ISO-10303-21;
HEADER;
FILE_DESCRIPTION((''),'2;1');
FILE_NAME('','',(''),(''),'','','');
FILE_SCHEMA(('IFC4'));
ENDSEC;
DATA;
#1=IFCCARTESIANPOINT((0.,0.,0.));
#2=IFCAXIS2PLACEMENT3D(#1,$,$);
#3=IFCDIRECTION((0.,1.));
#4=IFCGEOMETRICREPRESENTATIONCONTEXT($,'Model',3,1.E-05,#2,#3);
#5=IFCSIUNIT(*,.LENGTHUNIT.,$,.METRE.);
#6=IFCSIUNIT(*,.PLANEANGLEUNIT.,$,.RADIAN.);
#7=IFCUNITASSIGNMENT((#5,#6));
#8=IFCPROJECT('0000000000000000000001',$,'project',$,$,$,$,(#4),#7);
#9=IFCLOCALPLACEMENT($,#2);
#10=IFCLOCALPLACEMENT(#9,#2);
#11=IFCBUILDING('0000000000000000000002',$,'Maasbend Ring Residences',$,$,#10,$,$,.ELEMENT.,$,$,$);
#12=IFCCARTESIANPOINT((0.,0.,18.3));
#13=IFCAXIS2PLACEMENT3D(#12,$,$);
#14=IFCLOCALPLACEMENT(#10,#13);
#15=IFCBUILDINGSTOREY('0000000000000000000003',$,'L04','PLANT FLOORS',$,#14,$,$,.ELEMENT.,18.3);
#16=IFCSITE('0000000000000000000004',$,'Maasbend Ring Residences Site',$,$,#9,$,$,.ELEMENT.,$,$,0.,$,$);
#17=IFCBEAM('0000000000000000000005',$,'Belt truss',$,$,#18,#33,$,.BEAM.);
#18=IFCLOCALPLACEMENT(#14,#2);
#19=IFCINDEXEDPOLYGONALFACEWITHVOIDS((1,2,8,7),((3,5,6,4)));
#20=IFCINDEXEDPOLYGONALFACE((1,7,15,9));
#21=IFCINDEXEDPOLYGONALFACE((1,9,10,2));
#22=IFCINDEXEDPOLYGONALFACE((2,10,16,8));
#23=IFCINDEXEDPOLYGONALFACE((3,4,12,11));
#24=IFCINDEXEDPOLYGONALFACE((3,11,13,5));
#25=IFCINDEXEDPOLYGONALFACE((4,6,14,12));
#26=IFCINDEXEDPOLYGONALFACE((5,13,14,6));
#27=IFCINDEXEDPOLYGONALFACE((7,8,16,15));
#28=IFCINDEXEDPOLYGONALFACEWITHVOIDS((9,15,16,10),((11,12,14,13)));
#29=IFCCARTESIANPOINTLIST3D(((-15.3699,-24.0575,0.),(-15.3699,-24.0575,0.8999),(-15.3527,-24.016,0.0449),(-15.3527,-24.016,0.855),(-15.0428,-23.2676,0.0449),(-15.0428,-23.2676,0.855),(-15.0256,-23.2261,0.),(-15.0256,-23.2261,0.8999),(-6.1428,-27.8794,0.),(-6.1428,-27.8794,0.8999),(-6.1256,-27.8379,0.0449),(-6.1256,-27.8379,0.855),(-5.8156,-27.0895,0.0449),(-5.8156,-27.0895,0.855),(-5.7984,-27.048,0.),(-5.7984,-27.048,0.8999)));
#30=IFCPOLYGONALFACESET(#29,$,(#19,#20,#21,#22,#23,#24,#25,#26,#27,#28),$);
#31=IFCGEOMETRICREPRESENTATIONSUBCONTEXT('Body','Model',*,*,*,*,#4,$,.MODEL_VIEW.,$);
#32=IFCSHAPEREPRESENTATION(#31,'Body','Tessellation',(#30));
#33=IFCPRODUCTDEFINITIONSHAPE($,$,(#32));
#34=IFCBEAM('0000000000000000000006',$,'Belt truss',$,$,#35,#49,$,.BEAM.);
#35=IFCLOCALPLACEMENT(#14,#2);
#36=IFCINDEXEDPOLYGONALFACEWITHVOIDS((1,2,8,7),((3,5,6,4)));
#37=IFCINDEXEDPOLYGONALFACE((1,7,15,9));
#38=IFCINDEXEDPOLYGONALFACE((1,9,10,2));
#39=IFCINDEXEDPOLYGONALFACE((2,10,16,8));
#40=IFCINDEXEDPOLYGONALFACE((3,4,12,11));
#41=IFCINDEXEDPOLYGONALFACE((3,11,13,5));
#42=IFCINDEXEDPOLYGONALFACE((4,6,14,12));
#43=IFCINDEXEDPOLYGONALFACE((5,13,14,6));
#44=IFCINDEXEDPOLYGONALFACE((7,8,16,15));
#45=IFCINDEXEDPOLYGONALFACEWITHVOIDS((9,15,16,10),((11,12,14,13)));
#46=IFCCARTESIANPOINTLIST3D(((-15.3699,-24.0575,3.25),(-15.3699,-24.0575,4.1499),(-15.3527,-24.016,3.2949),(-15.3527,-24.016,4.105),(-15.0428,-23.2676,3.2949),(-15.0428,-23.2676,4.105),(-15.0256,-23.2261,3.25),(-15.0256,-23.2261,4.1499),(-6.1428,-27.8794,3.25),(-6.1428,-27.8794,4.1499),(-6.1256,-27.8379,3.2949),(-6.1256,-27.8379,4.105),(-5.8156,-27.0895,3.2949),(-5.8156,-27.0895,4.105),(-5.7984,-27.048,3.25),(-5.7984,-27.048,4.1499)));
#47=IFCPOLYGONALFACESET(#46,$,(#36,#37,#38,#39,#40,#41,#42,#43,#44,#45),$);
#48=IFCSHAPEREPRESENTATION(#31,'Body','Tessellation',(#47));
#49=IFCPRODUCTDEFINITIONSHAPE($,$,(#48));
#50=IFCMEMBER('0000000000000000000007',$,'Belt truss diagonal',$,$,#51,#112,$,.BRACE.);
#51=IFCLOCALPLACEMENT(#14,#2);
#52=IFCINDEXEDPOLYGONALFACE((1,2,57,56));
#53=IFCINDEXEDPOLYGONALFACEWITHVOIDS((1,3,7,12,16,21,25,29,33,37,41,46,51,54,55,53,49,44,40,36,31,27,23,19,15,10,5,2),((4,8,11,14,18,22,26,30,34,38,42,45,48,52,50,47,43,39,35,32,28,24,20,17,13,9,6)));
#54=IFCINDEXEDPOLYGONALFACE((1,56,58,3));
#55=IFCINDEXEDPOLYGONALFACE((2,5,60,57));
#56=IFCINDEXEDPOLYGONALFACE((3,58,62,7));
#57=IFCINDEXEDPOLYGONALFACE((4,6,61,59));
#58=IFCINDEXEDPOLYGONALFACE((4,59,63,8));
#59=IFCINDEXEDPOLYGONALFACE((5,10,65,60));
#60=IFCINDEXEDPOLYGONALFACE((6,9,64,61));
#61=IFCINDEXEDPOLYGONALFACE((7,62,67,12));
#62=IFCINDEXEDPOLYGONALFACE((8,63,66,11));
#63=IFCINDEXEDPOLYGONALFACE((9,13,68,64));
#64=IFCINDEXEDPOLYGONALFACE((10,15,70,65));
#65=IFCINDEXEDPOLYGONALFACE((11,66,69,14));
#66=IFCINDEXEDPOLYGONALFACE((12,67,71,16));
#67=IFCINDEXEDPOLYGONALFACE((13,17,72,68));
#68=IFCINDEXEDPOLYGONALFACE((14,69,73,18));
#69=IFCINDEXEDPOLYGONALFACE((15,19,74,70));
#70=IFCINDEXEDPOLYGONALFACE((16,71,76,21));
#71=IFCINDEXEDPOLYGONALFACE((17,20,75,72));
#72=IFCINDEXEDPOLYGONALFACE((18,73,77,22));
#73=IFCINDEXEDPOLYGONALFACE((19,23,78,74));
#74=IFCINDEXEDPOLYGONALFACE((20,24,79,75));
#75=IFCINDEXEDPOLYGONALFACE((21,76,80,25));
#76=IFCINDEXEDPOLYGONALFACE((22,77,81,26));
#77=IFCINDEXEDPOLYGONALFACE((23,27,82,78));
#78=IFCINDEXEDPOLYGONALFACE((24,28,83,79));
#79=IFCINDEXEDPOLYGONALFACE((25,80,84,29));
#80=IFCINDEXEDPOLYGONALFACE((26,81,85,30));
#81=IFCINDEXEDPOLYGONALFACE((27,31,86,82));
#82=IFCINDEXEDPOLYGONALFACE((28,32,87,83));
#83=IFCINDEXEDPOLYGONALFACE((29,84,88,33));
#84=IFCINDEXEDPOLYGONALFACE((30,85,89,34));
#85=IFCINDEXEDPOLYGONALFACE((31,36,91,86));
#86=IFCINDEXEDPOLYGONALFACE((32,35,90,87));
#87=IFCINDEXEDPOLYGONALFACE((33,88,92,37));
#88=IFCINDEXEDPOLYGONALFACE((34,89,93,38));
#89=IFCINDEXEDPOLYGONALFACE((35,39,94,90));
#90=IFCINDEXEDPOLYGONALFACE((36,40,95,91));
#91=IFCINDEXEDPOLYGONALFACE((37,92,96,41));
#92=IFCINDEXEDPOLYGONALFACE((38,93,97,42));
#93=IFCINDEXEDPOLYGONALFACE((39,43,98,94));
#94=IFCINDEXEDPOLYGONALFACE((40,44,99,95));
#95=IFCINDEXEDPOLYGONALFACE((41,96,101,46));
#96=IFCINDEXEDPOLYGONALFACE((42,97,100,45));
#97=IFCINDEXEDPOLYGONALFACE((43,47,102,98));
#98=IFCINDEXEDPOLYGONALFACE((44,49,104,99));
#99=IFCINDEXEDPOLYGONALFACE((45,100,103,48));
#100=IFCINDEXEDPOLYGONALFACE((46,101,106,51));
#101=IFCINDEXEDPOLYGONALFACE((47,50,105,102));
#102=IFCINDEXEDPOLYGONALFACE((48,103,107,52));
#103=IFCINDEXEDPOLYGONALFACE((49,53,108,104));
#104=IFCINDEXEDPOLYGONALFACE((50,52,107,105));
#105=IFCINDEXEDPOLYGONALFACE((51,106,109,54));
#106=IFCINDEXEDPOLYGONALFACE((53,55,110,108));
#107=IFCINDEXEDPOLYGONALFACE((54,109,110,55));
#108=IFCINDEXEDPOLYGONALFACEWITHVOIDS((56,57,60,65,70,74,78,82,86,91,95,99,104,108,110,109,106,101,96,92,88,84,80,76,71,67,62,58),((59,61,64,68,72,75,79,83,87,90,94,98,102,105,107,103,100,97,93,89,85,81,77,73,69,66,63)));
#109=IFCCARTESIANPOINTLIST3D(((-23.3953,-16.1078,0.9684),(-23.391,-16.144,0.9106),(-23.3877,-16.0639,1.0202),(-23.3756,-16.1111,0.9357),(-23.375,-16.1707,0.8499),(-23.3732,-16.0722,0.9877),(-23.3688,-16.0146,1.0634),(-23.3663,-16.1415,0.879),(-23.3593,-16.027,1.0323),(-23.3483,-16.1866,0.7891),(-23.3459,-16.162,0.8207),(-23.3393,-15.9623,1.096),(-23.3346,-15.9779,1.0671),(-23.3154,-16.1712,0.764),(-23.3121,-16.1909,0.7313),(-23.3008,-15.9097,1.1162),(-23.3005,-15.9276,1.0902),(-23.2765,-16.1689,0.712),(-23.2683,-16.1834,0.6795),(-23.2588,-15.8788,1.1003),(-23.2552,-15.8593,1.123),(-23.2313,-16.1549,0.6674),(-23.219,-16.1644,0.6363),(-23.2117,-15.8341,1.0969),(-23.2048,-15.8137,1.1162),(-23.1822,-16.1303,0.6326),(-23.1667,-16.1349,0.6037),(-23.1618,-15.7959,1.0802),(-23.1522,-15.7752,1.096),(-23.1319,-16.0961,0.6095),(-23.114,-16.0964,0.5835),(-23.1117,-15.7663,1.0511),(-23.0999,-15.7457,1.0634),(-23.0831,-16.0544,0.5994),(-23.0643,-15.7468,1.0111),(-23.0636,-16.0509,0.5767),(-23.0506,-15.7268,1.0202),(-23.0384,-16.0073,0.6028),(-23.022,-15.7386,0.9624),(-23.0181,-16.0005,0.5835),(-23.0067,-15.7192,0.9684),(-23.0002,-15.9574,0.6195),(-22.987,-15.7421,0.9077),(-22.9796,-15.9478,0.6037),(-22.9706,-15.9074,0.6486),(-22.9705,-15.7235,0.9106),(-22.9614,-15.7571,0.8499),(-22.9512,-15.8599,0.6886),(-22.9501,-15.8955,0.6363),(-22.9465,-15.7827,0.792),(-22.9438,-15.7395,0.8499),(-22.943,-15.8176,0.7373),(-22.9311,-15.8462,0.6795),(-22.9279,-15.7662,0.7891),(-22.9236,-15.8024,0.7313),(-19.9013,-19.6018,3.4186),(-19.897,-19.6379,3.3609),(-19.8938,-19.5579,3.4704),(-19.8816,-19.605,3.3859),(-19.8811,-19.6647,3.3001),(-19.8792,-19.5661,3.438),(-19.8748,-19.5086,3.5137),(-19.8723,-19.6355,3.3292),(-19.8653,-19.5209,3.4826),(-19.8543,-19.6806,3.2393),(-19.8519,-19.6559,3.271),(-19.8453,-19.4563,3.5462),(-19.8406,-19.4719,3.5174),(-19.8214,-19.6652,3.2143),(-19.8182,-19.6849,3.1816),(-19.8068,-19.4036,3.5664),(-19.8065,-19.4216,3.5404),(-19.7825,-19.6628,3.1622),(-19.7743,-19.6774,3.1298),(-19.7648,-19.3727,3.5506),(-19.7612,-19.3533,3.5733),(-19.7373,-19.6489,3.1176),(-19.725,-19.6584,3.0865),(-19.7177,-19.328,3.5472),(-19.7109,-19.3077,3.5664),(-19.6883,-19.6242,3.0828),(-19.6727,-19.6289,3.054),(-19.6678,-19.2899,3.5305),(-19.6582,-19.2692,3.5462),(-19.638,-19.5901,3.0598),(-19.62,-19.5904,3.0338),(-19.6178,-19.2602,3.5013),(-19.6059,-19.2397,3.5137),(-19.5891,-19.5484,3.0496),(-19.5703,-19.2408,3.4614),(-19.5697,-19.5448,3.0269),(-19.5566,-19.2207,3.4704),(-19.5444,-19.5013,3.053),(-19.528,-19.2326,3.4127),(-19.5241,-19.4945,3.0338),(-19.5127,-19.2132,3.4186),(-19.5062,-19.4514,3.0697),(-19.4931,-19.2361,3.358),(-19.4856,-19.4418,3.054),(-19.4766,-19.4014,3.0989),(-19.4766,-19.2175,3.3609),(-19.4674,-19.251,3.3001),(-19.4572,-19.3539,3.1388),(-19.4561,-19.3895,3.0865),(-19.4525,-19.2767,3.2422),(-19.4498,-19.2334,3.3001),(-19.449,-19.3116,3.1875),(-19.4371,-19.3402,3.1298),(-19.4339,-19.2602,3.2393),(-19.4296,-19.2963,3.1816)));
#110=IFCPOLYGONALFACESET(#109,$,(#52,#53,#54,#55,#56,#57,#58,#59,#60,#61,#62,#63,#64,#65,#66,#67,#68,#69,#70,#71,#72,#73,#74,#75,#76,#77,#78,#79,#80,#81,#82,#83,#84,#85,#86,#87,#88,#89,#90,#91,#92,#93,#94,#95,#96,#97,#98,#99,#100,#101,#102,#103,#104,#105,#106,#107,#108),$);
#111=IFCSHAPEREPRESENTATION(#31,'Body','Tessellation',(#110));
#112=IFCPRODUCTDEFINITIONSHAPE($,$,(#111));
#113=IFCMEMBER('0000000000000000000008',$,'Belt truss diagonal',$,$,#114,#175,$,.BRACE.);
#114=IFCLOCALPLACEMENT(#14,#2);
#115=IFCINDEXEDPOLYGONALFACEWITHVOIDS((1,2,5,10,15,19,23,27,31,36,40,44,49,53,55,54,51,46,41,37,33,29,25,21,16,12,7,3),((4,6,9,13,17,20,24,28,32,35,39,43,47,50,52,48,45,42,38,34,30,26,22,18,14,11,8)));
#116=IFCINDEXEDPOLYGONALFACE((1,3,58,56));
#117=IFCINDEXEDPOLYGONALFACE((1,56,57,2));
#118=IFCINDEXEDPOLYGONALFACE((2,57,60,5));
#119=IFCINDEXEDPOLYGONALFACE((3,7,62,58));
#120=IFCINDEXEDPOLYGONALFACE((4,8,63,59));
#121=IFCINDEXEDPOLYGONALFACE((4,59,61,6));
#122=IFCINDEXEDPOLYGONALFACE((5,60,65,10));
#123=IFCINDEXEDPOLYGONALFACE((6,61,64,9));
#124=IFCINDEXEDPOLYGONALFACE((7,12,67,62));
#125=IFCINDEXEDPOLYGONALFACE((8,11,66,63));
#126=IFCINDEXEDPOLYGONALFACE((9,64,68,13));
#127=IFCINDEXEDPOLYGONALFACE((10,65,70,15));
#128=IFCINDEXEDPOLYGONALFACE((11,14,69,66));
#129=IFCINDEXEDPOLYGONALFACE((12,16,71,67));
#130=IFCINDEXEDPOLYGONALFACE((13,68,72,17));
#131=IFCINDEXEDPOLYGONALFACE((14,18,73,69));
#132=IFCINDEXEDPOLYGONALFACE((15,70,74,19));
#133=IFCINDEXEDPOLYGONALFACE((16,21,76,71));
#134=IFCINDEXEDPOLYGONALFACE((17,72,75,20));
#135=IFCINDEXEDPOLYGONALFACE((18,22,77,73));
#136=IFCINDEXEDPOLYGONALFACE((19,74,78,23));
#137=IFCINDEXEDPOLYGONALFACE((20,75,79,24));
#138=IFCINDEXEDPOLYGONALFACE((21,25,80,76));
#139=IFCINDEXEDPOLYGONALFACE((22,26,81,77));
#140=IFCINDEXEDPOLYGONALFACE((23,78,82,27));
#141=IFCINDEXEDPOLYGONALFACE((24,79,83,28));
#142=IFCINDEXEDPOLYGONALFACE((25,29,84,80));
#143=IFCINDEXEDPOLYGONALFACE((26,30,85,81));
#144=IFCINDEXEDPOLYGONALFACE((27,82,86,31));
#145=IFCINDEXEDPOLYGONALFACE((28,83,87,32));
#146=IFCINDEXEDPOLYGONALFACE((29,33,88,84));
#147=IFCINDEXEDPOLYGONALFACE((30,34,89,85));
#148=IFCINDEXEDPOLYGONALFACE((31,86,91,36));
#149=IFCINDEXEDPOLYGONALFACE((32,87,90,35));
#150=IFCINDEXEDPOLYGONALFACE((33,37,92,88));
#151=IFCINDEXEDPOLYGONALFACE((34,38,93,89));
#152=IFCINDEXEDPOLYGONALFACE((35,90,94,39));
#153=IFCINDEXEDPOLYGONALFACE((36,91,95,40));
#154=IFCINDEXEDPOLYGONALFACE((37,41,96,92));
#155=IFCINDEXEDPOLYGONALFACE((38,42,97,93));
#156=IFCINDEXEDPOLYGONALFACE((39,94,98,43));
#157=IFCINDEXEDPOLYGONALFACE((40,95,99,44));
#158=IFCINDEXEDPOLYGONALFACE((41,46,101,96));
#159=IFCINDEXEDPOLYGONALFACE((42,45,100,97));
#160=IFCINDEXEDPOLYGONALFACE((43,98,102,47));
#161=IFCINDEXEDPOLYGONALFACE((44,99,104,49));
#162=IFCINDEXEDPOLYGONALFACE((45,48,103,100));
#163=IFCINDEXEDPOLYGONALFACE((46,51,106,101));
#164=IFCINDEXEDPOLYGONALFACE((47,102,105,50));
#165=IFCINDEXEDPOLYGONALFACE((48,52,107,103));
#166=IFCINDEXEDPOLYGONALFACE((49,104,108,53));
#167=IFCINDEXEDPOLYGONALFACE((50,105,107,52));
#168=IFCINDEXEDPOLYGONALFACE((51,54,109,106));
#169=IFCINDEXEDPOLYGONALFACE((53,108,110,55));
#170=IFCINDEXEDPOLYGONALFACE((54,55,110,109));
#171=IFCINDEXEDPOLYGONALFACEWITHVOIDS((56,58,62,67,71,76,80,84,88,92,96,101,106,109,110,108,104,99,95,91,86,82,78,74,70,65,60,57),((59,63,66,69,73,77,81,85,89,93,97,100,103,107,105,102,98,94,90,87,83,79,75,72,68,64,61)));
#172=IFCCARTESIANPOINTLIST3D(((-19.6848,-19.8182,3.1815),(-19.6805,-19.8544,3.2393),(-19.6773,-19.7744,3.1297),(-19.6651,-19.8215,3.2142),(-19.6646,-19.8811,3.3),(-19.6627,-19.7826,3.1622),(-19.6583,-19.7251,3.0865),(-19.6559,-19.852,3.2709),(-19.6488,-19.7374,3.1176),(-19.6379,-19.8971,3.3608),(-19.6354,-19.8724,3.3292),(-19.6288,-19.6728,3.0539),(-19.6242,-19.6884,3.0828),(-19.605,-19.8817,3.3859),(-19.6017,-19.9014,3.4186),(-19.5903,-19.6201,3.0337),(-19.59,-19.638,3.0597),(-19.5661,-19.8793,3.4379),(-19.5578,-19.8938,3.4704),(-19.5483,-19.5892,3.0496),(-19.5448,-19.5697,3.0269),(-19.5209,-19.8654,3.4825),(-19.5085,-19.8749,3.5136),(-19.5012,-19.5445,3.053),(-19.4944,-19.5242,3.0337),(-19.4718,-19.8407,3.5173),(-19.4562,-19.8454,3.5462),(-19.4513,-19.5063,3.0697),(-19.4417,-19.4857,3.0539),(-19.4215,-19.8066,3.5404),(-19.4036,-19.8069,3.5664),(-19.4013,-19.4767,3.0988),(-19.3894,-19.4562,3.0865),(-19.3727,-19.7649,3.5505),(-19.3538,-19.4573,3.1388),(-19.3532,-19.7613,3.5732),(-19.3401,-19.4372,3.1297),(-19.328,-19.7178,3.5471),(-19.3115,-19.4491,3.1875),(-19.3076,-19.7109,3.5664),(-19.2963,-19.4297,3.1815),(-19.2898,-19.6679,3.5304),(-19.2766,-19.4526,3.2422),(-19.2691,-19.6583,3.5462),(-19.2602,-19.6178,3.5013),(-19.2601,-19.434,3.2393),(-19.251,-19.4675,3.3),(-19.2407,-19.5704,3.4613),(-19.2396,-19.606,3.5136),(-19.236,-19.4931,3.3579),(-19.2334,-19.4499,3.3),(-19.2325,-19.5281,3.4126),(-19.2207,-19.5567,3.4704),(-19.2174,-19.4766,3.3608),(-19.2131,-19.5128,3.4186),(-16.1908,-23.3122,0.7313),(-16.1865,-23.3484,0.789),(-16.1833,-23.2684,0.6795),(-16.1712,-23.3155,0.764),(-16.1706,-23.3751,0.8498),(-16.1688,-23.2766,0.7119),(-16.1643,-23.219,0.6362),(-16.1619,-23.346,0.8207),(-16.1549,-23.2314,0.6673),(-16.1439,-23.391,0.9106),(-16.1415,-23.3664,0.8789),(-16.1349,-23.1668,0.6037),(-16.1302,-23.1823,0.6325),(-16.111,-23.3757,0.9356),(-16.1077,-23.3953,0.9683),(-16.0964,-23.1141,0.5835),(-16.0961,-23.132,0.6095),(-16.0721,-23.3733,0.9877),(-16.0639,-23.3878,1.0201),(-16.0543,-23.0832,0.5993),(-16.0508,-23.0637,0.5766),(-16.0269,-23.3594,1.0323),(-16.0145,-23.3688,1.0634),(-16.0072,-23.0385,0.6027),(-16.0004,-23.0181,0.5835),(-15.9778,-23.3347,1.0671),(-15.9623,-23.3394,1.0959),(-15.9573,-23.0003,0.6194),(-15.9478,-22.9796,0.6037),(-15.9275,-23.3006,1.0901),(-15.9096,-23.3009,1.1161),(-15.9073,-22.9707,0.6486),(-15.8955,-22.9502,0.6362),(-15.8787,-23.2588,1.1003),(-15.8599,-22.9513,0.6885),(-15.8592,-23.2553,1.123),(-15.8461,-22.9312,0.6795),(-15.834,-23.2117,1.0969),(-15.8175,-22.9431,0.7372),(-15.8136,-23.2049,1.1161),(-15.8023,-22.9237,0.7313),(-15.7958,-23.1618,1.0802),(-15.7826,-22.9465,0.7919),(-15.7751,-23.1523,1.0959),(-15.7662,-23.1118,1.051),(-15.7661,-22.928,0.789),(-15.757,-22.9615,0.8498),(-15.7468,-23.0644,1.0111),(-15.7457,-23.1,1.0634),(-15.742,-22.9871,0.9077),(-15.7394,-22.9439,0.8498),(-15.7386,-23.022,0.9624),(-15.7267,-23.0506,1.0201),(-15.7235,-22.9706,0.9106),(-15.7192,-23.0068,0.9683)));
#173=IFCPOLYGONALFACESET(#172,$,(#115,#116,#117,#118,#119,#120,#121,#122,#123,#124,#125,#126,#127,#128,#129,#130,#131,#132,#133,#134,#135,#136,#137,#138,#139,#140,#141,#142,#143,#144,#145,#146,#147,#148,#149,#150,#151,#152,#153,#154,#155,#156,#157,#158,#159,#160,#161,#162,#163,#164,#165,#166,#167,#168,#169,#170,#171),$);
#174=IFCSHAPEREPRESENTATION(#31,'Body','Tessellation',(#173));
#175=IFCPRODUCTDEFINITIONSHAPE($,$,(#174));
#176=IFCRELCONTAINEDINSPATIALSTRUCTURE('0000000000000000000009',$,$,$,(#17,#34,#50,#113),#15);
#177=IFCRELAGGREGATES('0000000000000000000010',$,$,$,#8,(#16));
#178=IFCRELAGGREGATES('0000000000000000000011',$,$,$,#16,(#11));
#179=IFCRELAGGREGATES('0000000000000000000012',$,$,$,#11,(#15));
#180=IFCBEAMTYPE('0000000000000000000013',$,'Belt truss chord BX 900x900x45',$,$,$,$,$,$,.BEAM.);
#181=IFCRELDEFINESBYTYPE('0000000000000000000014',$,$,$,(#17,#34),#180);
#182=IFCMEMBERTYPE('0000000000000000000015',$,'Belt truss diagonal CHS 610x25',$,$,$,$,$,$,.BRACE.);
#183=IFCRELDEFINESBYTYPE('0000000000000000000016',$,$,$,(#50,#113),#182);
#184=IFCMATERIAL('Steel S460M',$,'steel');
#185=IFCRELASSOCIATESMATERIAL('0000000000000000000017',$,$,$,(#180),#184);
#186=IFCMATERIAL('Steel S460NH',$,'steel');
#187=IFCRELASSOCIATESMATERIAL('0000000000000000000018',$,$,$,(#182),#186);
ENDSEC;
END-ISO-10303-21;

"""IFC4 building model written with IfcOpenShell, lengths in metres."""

from ifc_helpers import new_model, si_unit, direction, frame, origin, origin_2d, place, context, subcontext, project, spatial, hollow_rectangle, hollow_circle, extrude, material, material_profile, profile_set, type_object, element, save


model = new_model("IFC4")

# Units and contexts
model_context = context("Model", 3, precision=1e-05, world=origin(), true_north=direction((0.0, 1.0)))
body_context = subcontext(model_context, "Body", "Model", "MODEL_VIEW")
ifc_project = project(units=[si_unit("LENGTHUNIT", "METRE"), si_unit("PLANEANGLEUNIT", "RADIAN")], contexts=[model_context])

# Site, building, storey
site_placement = place(None, origin())
site = spatial("IfcSite", under=ifc_project, at=site_placement, Name="Maasbend Ring Residences Site", CompositionType="ELEMENT", RefElevation=0.0)
building_placement = place(site_placement, origin())
building = spatial("IfcBuilding", under=site, at=building_placement, Name="Maasbend Ring Residences", CompositionType="ELEMENT")
storey_placement = place(building_placement, frame((0.0, 0.0, 18.3)))
storey = spatial("IfcBuildingStorey", under=building, at=storey_placement, Name="L04", Description="PLANT FLOORS", CompositionType="ELEMENT", Elevation=18.3)

# Beams
ifc_material_1 = material(Name="Steel S460M", Category="steel")
ifc_material_profile_1 = material_profile(ifc_material_1, hollow_rectangle(XDim=0.8999, YDim=0.8999, WallThickness=0.0449, at=origin_2d()), Name="Belt truss chord BX 900x900x45")
ifc_profile_set_1 = profile_set([ifc_material_profile_1], Name="Steel S460M")
beam_type_1 = type_object("IfcBeamType", Name="Belt truss chord BX 900x900x45", PredefinedType="BEAM", material=ifc_profile_set_1)
for number, where, z_axis, x_axis, name in (
    (1, (-15.1978, -23.6418, 0.45), (0.923886, -0.382667, 0.0), (0.382667, 0.923886, 0.0), "Belt truss"),
    (2, (-15.1978, -23.6418, 3.7), (0.923886, -0.382667, 0.0), (0.382667, 0.923886, 0.0), "Belt truss"),
):
    element("IfcBeam", number, at=place(storey_placement, frame(where, z_axis=z_axis, x_axis=x_axis)), inside=storey, type_object=beam_type_1, Name=name, PredefinedType="BEAM", context=body_context, shape_type="SweptSolid", body=[
        extrude(hollow_rectangle(XDim=0.8999, YDim=0.8999, WallThickness=0.0449, at=origin_2d()), origin(), (0.0, 0.0, 1.0), 9.9873),
    ])

# Members
ifc_material_2 = material(Name="Steel S460NH", Category="steel")
ifc_material_profile_2 = material_profile(ifc_material_2, hollow_circle(Radius=0.3049, WallThickness=0.0249, at=origin_2d()), Name="Belt truss diagonal CHS 610x25")
ifc_profile_set_2 = profile_set([ifc_material_profile_2], Name="Steel S460NH")
member_type_1 = type_object("IfcMemberType", Name="Belt truss diagonal CHS 610x25", PredefinedType="BRACE", material=ifc_profile_set_2)
for number, where, z_axis, x_axis, name in (
    (3, (-23.1594, -15.9551, 0.8499), (0.633496, -0.633496, 0.444258), (0.707107, 0.707107, 0.0), "Belt truss diagonal"),
    (4, (-19.449, -19.6655, 3.3), (0.633496, -0.633496, -0.444258), (0.707107, 0.707107, 0.0), "Belt truss diagonal"),
):
    element("IfcMember", number, at=place(storey_placement, frame(where, z_axis=z_axis, x_axis=x_axis)), inside=storey, type_object=member_type_1, Name=name, PredefinedType="BRACE", context=body_context, shape_type="SweptSolid", body=[
        extrude(hollow_circle(Radius=0.3049, WallThickness=0.0249, at=origin_2d()), origin(), (0.0, 0.0, 1.0), 5.5154),
    ])

save(model, "model.ifc")
